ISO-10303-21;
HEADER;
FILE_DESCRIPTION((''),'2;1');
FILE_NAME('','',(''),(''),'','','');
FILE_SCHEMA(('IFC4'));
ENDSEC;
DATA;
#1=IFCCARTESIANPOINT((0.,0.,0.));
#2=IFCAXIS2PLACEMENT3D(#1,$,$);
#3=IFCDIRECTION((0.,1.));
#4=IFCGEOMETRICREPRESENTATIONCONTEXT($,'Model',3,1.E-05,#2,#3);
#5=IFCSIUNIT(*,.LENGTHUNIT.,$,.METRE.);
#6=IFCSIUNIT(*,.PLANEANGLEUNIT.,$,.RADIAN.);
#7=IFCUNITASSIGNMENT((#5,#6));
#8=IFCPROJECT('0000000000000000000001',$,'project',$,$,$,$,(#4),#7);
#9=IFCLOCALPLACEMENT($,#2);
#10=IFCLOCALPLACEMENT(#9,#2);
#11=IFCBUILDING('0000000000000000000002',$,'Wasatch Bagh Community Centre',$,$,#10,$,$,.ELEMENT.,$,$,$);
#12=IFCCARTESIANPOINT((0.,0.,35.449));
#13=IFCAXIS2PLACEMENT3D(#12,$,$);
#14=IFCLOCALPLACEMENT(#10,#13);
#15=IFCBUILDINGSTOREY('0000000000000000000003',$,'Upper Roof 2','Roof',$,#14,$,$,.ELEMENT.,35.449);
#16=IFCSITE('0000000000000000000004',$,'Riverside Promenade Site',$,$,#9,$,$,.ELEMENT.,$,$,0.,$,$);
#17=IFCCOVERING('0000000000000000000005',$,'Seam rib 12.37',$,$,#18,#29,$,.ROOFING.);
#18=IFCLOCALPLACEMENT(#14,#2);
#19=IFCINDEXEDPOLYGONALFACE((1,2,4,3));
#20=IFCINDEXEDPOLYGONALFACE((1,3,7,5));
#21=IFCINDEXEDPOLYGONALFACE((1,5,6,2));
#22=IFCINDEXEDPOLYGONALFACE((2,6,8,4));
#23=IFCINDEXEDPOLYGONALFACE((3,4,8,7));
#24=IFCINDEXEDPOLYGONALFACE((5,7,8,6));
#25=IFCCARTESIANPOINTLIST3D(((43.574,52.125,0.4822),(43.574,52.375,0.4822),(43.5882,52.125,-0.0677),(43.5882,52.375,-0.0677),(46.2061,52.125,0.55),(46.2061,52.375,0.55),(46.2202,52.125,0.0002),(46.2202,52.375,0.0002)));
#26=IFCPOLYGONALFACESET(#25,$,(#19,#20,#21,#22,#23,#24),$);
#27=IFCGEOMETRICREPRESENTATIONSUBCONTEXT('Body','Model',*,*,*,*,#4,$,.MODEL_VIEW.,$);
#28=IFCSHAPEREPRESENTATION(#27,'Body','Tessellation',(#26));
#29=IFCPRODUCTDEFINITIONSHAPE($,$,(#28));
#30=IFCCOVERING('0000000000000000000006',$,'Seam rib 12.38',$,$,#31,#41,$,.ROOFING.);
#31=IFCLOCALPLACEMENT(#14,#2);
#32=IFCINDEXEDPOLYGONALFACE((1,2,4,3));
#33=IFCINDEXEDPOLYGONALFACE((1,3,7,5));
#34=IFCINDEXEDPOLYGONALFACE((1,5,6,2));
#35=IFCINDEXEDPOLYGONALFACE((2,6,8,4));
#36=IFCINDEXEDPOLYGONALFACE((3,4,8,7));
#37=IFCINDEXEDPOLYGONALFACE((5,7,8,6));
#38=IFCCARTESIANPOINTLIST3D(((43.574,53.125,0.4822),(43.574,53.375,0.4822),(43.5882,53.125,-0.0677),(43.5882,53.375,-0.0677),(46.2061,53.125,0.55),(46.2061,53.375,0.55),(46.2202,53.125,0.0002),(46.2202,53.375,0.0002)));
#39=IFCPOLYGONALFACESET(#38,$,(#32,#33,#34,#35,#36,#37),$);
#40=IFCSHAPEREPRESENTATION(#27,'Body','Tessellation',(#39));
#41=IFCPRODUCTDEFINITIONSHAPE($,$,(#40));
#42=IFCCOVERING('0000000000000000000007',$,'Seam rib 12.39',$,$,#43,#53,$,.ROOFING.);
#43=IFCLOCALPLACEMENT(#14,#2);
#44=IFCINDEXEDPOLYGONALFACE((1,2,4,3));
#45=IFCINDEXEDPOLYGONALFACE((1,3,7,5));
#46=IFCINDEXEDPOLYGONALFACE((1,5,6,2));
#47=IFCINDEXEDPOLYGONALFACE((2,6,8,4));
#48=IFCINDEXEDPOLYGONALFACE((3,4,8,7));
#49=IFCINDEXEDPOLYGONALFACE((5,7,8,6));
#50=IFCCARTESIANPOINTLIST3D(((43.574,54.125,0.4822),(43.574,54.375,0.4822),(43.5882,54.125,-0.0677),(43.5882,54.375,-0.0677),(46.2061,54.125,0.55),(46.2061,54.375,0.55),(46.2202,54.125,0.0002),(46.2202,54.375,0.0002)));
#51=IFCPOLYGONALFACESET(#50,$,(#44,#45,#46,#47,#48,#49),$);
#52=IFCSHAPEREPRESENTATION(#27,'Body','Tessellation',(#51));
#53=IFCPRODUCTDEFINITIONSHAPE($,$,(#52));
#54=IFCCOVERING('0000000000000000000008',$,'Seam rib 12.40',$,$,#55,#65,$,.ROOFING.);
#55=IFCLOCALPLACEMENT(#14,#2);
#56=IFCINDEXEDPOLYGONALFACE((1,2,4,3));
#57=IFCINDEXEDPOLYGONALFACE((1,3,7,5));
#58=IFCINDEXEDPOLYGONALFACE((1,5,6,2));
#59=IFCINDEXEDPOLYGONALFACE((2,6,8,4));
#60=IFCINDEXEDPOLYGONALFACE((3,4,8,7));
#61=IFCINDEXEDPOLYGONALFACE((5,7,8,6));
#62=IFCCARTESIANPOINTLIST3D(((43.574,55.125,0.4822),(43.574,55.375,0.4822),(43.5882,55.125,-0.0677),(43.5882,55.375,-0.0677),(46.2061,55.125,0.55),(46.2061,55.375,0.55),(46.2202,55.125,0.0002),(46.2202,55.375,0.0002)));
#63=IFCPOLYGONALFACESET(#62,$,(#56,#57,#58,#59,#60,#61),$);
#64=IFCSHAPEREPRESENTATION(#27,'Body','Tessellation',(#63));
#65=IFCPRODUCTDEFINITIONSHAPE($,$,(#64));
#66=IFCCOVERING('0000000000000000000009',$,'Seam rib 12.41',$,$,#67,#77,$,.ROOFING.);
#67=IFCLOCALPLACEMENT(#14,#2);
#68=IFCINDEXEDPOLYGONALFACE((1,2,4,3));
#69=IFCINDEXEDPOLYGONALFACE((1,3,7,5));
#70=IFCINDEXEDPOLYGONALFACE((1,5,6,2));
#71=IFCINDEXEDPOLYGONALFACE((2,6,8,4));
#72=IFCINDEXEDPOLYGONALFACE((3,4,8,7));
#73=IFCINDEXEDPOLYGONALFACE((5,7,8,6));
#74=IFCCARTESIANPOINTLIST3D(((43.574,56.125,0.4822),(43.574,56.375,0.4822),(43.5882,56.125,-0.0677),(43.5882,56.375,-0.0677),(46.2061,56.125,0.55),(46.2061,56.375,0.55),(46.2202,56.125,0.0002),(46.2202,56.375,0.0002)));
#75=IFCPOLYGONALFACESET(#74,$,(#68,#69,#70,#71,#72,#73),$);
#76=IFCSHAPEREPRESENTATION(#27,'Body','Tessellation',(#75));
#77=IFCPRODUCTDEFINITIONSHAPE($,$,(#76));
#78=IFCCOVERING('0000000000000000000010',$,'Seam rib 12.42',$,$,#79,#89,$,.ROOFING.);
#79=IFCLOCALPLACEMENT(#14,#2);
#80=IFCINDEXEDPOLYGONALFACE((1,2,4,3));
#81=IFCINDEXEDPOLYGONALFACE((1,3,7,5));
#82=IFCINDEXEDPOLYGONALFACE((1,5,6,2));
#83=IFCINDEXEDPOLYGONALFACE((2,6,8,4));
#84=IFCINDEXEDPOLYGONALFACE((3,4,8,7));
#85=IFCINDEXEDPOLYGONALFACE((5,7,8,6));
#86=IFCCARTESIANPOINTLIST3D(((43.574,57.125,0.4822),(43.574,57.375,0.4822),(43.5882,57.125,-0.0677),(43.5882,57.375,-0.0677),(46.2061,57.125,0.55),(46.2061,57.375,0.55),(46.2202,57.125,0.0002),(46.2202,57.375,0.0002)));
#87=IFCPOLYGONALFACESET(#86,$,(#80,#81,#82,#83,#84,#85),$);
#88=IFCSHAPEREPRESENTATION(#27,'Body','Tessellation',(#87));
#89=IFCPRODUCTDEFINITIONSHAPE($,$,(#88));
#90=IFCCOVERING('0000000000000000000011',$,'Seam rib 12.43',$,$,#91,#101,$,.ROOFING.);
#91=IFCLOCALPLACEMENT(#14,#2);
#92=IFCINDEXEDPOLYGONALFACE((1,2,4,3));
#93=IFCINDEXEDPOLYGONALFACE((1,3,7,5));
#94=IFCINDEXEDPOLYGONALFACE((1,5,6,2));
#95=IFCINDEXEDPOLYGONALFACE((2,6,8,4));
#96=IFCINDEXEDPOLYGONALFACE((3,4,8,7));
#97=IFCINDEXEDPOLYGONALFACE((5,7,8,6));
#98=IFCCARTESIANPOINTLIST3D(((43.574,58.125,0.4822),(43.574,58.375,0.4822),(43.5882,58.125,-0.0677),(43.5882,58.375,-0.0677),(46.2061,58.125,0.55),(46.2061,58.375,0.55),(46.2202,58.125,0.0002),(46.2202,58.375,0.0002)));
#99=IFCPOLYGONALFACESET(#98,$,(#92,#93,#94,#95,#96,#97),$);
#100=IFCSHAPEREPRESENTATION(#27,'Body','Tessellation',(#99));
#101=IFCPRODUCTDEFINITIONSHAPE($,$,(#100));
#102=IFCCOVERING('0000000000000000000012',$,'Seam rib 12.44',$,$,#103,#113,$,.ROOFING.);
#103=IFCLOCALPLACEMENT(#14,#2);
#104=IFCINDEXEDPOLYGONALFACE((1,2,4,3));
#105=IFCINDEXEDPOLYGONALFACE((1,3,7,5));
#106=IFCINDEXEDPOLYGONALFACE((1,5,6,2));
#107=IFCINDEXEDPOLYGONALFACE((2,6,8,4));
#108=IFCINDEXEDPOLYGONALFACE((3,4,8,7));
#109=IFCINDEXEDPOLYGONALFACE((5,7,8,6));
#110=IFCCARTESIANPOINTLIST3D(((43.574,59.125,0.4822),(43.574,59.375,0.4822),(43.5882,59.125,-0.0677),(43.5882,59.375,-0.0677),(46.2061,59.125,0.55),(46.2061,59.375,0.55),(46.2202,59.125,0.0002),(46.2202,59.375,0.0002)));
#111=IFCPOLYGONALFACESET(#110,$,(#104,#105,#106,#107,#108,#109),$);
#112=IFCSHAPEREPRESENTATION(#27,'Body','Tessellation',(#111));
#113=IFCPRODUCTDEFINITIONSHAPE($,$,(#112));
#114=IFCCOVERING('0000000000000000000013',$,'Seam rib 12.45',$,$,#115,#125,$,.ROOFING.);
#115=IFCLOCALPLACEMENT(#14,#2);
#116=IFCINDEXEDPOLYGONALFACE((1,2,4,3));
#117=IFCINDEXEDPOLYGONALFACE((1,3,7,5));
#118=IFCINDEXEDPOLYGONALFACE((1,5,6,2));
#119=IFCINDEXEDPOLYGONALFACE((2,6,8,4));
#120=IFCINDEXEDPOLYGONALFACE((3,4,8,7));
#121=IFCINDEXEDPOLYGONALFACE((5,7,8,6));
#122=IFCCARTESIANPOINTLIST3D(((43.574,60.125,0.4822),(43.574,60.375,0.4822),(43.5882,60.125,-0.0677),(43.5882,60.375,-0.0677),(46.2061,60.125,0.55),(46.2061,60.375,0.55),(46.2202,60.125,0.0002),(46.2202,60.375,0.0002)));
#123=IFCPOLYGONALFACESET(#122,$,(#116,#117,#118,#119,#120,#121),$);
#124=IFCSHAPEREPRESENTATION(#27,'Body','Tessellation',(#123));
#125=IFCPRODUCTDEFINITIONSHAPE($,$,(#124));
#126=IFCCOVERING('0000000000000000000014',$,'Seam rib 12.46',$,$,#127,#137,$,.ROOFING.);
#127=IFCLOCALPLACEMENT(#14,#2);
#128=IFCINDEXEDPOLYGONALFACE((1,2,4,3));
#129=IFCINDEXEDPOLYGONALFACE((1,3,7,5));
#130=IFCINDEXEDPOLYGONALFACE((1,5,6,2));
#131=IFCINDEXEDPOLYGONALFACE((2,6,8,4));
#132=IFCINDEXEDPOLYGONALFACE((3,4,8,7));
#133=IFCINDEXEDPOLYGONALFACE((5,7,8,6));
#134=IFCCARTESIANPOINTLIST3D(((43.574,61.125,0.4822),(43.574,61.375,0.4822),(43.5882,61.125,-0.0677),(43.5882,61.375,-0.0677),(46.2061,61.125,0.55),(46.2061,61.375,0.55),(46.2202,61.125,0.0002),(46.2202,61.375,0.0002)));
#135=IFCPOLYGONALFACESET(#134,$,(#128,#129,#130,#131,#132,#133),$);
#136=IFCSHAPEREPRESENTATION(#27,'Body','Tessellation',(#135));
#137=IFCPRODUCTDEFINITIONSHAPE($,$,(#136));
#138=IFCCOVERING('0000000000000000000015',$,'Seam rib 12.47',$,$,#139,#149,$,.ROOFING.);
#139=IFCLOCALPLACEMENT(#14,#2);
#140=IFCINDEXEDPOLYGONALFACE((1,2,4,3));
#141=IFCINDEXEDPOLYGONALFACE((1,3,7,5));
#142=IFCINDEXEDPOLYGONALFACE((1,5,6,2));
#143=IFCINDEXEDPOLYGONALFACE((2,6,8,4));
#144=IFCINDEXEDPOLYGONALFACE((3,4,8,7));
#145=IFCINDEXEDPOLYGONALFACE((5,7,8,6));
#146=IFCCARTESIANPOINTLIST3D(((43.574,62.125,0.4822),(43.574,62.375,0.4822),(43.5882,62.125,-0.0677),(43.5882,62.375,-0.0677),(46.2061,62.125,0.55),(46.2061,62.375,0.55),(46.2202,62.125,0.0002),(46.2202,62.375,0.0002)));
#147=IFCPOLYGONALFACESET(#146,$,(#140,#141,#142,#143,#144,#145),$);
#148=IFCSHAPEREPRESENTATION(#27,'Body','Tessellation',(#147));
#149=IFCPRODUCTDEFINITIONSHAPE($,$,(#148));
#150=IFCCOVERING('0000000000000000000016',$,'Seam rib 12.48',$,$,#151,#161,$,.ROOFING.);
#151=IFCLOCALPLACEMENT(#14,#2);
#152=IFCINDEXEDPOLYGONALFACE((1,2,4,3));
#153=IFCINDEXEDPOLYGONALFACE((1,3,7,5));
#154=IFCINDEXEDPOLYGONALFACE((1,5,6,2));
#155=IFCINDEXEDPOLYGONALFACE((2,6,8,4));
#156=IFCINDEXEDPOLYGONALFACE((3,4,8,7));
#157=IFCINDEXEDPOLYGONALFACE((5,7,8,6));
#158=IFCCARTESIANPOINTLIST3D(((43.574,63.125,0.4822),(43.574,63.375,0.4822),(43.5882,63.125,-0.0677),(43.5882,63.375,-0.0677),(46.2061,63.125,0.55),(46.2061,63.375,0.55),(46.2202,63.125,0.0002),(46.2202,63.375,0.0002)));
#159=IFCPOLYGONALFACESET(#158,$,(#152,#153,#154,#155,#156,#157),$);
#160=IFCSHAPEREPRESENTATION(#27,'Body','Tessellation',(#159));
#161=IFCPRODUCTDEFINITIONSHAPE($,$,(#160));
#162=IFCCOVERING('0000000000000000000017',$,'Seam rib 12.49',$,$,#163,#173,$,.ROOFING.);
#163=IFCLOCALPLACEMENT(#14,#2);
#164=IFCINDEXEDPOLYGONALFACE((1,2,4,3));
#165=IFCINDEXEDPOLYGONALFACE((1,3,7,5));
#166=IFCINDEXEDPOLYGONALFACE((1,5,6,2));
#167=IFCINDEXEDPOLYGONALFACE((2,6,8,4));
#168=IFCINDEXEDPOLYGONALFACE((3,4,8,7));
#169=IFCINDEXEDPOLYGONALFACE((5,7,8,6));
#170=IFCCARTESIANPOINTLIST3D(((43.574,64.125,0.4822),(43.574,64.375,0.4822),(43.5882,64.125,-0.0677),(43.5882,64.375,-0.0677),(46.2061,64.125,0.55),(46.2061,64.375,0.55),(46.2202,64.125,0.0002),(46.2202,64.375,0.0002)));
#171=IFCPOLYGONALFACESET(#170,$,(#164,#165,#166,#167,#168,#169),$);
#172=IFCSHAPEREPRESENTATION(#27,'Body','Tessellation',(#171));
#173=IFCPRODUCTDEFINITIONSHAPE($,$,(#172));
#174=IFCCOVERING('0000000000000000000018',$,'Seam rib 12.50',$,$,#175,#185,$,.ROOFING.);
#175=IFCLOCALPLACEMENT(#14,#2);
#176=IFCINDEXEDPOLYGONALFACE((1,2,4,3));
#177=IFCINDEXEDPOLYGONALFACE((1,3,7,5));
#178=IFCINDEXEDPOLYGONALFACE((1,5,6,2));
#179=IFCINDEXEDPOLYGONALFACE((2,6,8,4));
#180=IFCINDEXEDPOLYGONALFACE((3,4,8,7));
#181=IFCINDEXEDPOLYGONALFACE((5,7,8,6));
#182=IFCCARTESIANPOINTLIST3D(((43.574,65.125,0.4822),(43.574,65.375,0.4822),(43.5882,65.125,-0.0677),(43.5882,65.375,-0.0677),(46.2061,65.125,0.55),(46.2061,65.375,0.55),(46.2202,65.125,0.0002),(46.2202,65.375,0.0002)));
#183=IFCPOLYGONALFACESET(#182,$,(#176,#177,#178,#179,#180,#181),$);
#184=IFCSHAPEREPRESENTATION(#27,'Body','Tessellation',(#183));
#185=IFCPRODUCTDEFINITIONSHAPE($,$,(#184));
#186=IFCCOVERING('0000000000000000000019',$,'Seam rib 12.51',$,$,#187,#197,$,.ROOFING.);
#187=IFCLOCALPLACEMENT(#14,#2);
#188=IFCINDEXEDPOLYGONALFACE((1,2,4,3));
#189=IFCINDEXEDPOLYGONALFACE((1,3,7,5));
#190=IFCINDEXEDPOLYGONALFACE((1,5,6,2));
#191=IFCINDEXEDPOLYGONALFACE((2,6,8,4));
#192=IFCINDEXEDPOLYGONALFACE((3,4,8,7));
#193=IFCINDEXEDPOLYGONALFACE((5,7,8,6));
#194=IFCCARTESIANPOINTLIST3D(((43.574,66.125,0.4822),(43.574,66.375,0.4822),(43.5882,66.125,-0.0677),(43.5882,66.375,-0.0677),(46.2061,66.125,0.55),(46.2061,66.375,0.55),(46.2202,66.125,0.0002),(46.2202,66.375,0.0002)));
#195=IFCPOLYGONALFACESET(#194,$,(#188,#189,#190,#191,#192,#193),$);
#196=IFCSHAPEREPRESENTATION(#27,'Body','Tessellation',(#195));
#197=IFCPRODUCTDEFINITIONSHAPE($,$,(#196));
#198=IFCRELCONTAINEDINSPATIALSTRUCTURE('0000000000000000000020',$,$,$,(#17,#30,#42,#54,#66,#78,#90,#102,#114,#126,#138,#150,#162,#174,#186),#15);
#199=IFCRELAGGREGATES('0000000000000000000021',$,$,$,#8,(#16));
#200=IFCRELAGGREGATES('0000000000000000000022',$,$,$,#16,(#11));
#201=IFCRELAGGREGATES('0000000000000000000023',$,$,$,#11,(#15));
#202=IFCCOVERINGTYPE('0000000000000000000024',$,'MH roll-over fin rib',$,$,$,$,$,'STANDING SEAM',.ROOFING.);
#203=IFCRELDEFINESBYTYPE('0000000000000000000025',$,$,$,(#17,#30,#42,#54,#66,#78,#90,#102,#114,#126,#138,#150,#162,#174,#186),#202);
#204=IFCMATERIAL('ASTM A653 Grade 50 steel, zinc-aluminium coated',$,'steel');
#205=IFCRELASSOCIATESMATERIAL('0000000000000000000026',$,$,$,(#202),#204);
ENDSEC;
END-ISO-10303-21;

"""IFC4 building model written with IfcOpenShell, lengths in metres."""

from ifc_helpers import new_model, si_unit, direction, frame, origin, place, context, subcontext, project, spatial, polyline, outline, extrude, material, type_object, element, save


model = new_model("IFC4")

# Units and contexts
model_context = context("Model", 3, precision=1e-05, world=origin(), true_north=direction((0.0, 1.0)))
body_context = subcontext(model_context, "Body", "Model", "MODEL_VIEW")
ifc_project = project(units=[si_unit("LENGTHUNIT", "METRE"), si_unit("PLANEANGLEUNIT", "RADIAN")], contexts=[model_context])

# Site, building, storey
site_placement = place(None, origin())
site = spatial("IfcSite", under=ifc_project, at=site_placement, Name="Riverside Promenade Site", CompositionType="ELEMENT", RefElevation=0.0)
building_placement = place(site_placement, origin())
building = spatial("IfcBuilding", under=site, at=building_placement, Name="Wasatch Bagh Community Centre", CompositionType="ELEMENT")
storey_placement = place(building_placement, frame((0.0, 0.0, 35.449)))
storey = spatial("IfcBuildingStorey", under=building, at=storey_placement, Name="Upper Roof 2", Description="Roof", CompositionType="ELEMENT", Elevation=35.449)

# Coverings
ifc_material = material(Name="ASTM A653 Grade 50 steel, zinc-aluminium coated", Category="steel")
covering_type = type_object("IfcCoveringType", Name="MH roll-over fin rib", ElementType="STANDING SEAM", PredefinedType="ROOFING", material=ifc_material)
for number, where, z_axis, x_axis, name in (
    (1, (43.574, 52.125, 0.4822), (-0.025778, 0.0, 0.999668), (0.999668, 0.0, 0.025778), "Seam rib 12.37"),
    (2, (43.574, 53.125, 0.4822), (-0.025778, 0.0, 0.999668), (0.999668, 0.0, 0.025778), "Seam rib 12.38"),
    (3, (43.574, 54.125, 0.4822), (-0.025778, 0.0, 0.999668), (0.999668, 0.0, 0.025778), "Seam rib 12.39"),
    (4, (43.574, 55.125, 0.4822), (-0.025778, 0.0, 0.999668), (0.999668, 0.0, 0.025778), "Seam rib 12.40"),
    (5, (43.574, 56.125, 0.4822), (-0.025778, 0.0, 0.999668), (0.999668, 0.0, 0.025778), "Seam rib 12.41"),
    (6, (43.574, 57.125, 0.4822), (-0.025778, 0.0, 0.999668), (0.999668, 0.0, 0.025778), "Seam rib 12.42"),
    (7, (43.574, 58.125, 0.4822), (-0.025778, 0.0, 0.999668), (0.999668, 0.0, 0.025778), "Seam rib 12.43"),
    (8, (43.574, 59.125, 0.4822), (-0.025778, 0.0, 0.999668), (0.999668, 0.0, 0.025778), "Seam rib 12.44"),
    (9, (43.574, 60.125, 0.4822), (-0.025778, 0.0, 0.999668), (0.999668, 0.0, 0.025778), "Seam rib 12.45"),
    (10, (43.574, 61.125, 0.4822), (-0.025778, 0.0, 0.999668), (0.999668, 0.0, 0.025778), "Seam rib 12.46"),
    (11, (43.574, 62.125, 0.4822), (-0.025778, 0.0, 0.999668), (0.999668, 0.0, 0.025778), "Seam rib 12.47"),
    (12, (43.574, 63.125, 0.4822), (-0.025778, 0.0, 0.999668), (0.999668, 0.0, 0.025778), "Seam rib 12.48"),
    (13, (43.574, 64.125, 0.4822), (-0.025778, 0.0, 0.999668), (0.999668, 0.0, 0.025778), "Seam rib 12.49"),
    (14, (43.574, 65.125, 0.4822), (-0.025778, 0.0, 0.999668), (0.999668, 0.0, 0.025778), "Seam rib 12.50"),
    (15, (43.574, 66.125, 0.4822), (-0.025778, 0.0, 0.999668), (0.999668, 0.0, 0.025778), "Seam rib 12.51"),
):
    element("IfcCovering", number, at=place(storey_placement, frame(where, z_axis=z_axis, x_axis=x_axis)), inside=storey, type_object=covering_type, Name=name, PredefinedType="ROOFING", context=body_context, shape_type="SweptSolid", body=[
        extrude(outline(polyline([(0.0, 0.0), (2.633, 0.0), (2.633, 0.25), (0.0, 0.25), (0.0, 0.0)])), origin(), (0.0, 0.0, -1.0), 0.55),
    ])

save(model, "model.ifc")
